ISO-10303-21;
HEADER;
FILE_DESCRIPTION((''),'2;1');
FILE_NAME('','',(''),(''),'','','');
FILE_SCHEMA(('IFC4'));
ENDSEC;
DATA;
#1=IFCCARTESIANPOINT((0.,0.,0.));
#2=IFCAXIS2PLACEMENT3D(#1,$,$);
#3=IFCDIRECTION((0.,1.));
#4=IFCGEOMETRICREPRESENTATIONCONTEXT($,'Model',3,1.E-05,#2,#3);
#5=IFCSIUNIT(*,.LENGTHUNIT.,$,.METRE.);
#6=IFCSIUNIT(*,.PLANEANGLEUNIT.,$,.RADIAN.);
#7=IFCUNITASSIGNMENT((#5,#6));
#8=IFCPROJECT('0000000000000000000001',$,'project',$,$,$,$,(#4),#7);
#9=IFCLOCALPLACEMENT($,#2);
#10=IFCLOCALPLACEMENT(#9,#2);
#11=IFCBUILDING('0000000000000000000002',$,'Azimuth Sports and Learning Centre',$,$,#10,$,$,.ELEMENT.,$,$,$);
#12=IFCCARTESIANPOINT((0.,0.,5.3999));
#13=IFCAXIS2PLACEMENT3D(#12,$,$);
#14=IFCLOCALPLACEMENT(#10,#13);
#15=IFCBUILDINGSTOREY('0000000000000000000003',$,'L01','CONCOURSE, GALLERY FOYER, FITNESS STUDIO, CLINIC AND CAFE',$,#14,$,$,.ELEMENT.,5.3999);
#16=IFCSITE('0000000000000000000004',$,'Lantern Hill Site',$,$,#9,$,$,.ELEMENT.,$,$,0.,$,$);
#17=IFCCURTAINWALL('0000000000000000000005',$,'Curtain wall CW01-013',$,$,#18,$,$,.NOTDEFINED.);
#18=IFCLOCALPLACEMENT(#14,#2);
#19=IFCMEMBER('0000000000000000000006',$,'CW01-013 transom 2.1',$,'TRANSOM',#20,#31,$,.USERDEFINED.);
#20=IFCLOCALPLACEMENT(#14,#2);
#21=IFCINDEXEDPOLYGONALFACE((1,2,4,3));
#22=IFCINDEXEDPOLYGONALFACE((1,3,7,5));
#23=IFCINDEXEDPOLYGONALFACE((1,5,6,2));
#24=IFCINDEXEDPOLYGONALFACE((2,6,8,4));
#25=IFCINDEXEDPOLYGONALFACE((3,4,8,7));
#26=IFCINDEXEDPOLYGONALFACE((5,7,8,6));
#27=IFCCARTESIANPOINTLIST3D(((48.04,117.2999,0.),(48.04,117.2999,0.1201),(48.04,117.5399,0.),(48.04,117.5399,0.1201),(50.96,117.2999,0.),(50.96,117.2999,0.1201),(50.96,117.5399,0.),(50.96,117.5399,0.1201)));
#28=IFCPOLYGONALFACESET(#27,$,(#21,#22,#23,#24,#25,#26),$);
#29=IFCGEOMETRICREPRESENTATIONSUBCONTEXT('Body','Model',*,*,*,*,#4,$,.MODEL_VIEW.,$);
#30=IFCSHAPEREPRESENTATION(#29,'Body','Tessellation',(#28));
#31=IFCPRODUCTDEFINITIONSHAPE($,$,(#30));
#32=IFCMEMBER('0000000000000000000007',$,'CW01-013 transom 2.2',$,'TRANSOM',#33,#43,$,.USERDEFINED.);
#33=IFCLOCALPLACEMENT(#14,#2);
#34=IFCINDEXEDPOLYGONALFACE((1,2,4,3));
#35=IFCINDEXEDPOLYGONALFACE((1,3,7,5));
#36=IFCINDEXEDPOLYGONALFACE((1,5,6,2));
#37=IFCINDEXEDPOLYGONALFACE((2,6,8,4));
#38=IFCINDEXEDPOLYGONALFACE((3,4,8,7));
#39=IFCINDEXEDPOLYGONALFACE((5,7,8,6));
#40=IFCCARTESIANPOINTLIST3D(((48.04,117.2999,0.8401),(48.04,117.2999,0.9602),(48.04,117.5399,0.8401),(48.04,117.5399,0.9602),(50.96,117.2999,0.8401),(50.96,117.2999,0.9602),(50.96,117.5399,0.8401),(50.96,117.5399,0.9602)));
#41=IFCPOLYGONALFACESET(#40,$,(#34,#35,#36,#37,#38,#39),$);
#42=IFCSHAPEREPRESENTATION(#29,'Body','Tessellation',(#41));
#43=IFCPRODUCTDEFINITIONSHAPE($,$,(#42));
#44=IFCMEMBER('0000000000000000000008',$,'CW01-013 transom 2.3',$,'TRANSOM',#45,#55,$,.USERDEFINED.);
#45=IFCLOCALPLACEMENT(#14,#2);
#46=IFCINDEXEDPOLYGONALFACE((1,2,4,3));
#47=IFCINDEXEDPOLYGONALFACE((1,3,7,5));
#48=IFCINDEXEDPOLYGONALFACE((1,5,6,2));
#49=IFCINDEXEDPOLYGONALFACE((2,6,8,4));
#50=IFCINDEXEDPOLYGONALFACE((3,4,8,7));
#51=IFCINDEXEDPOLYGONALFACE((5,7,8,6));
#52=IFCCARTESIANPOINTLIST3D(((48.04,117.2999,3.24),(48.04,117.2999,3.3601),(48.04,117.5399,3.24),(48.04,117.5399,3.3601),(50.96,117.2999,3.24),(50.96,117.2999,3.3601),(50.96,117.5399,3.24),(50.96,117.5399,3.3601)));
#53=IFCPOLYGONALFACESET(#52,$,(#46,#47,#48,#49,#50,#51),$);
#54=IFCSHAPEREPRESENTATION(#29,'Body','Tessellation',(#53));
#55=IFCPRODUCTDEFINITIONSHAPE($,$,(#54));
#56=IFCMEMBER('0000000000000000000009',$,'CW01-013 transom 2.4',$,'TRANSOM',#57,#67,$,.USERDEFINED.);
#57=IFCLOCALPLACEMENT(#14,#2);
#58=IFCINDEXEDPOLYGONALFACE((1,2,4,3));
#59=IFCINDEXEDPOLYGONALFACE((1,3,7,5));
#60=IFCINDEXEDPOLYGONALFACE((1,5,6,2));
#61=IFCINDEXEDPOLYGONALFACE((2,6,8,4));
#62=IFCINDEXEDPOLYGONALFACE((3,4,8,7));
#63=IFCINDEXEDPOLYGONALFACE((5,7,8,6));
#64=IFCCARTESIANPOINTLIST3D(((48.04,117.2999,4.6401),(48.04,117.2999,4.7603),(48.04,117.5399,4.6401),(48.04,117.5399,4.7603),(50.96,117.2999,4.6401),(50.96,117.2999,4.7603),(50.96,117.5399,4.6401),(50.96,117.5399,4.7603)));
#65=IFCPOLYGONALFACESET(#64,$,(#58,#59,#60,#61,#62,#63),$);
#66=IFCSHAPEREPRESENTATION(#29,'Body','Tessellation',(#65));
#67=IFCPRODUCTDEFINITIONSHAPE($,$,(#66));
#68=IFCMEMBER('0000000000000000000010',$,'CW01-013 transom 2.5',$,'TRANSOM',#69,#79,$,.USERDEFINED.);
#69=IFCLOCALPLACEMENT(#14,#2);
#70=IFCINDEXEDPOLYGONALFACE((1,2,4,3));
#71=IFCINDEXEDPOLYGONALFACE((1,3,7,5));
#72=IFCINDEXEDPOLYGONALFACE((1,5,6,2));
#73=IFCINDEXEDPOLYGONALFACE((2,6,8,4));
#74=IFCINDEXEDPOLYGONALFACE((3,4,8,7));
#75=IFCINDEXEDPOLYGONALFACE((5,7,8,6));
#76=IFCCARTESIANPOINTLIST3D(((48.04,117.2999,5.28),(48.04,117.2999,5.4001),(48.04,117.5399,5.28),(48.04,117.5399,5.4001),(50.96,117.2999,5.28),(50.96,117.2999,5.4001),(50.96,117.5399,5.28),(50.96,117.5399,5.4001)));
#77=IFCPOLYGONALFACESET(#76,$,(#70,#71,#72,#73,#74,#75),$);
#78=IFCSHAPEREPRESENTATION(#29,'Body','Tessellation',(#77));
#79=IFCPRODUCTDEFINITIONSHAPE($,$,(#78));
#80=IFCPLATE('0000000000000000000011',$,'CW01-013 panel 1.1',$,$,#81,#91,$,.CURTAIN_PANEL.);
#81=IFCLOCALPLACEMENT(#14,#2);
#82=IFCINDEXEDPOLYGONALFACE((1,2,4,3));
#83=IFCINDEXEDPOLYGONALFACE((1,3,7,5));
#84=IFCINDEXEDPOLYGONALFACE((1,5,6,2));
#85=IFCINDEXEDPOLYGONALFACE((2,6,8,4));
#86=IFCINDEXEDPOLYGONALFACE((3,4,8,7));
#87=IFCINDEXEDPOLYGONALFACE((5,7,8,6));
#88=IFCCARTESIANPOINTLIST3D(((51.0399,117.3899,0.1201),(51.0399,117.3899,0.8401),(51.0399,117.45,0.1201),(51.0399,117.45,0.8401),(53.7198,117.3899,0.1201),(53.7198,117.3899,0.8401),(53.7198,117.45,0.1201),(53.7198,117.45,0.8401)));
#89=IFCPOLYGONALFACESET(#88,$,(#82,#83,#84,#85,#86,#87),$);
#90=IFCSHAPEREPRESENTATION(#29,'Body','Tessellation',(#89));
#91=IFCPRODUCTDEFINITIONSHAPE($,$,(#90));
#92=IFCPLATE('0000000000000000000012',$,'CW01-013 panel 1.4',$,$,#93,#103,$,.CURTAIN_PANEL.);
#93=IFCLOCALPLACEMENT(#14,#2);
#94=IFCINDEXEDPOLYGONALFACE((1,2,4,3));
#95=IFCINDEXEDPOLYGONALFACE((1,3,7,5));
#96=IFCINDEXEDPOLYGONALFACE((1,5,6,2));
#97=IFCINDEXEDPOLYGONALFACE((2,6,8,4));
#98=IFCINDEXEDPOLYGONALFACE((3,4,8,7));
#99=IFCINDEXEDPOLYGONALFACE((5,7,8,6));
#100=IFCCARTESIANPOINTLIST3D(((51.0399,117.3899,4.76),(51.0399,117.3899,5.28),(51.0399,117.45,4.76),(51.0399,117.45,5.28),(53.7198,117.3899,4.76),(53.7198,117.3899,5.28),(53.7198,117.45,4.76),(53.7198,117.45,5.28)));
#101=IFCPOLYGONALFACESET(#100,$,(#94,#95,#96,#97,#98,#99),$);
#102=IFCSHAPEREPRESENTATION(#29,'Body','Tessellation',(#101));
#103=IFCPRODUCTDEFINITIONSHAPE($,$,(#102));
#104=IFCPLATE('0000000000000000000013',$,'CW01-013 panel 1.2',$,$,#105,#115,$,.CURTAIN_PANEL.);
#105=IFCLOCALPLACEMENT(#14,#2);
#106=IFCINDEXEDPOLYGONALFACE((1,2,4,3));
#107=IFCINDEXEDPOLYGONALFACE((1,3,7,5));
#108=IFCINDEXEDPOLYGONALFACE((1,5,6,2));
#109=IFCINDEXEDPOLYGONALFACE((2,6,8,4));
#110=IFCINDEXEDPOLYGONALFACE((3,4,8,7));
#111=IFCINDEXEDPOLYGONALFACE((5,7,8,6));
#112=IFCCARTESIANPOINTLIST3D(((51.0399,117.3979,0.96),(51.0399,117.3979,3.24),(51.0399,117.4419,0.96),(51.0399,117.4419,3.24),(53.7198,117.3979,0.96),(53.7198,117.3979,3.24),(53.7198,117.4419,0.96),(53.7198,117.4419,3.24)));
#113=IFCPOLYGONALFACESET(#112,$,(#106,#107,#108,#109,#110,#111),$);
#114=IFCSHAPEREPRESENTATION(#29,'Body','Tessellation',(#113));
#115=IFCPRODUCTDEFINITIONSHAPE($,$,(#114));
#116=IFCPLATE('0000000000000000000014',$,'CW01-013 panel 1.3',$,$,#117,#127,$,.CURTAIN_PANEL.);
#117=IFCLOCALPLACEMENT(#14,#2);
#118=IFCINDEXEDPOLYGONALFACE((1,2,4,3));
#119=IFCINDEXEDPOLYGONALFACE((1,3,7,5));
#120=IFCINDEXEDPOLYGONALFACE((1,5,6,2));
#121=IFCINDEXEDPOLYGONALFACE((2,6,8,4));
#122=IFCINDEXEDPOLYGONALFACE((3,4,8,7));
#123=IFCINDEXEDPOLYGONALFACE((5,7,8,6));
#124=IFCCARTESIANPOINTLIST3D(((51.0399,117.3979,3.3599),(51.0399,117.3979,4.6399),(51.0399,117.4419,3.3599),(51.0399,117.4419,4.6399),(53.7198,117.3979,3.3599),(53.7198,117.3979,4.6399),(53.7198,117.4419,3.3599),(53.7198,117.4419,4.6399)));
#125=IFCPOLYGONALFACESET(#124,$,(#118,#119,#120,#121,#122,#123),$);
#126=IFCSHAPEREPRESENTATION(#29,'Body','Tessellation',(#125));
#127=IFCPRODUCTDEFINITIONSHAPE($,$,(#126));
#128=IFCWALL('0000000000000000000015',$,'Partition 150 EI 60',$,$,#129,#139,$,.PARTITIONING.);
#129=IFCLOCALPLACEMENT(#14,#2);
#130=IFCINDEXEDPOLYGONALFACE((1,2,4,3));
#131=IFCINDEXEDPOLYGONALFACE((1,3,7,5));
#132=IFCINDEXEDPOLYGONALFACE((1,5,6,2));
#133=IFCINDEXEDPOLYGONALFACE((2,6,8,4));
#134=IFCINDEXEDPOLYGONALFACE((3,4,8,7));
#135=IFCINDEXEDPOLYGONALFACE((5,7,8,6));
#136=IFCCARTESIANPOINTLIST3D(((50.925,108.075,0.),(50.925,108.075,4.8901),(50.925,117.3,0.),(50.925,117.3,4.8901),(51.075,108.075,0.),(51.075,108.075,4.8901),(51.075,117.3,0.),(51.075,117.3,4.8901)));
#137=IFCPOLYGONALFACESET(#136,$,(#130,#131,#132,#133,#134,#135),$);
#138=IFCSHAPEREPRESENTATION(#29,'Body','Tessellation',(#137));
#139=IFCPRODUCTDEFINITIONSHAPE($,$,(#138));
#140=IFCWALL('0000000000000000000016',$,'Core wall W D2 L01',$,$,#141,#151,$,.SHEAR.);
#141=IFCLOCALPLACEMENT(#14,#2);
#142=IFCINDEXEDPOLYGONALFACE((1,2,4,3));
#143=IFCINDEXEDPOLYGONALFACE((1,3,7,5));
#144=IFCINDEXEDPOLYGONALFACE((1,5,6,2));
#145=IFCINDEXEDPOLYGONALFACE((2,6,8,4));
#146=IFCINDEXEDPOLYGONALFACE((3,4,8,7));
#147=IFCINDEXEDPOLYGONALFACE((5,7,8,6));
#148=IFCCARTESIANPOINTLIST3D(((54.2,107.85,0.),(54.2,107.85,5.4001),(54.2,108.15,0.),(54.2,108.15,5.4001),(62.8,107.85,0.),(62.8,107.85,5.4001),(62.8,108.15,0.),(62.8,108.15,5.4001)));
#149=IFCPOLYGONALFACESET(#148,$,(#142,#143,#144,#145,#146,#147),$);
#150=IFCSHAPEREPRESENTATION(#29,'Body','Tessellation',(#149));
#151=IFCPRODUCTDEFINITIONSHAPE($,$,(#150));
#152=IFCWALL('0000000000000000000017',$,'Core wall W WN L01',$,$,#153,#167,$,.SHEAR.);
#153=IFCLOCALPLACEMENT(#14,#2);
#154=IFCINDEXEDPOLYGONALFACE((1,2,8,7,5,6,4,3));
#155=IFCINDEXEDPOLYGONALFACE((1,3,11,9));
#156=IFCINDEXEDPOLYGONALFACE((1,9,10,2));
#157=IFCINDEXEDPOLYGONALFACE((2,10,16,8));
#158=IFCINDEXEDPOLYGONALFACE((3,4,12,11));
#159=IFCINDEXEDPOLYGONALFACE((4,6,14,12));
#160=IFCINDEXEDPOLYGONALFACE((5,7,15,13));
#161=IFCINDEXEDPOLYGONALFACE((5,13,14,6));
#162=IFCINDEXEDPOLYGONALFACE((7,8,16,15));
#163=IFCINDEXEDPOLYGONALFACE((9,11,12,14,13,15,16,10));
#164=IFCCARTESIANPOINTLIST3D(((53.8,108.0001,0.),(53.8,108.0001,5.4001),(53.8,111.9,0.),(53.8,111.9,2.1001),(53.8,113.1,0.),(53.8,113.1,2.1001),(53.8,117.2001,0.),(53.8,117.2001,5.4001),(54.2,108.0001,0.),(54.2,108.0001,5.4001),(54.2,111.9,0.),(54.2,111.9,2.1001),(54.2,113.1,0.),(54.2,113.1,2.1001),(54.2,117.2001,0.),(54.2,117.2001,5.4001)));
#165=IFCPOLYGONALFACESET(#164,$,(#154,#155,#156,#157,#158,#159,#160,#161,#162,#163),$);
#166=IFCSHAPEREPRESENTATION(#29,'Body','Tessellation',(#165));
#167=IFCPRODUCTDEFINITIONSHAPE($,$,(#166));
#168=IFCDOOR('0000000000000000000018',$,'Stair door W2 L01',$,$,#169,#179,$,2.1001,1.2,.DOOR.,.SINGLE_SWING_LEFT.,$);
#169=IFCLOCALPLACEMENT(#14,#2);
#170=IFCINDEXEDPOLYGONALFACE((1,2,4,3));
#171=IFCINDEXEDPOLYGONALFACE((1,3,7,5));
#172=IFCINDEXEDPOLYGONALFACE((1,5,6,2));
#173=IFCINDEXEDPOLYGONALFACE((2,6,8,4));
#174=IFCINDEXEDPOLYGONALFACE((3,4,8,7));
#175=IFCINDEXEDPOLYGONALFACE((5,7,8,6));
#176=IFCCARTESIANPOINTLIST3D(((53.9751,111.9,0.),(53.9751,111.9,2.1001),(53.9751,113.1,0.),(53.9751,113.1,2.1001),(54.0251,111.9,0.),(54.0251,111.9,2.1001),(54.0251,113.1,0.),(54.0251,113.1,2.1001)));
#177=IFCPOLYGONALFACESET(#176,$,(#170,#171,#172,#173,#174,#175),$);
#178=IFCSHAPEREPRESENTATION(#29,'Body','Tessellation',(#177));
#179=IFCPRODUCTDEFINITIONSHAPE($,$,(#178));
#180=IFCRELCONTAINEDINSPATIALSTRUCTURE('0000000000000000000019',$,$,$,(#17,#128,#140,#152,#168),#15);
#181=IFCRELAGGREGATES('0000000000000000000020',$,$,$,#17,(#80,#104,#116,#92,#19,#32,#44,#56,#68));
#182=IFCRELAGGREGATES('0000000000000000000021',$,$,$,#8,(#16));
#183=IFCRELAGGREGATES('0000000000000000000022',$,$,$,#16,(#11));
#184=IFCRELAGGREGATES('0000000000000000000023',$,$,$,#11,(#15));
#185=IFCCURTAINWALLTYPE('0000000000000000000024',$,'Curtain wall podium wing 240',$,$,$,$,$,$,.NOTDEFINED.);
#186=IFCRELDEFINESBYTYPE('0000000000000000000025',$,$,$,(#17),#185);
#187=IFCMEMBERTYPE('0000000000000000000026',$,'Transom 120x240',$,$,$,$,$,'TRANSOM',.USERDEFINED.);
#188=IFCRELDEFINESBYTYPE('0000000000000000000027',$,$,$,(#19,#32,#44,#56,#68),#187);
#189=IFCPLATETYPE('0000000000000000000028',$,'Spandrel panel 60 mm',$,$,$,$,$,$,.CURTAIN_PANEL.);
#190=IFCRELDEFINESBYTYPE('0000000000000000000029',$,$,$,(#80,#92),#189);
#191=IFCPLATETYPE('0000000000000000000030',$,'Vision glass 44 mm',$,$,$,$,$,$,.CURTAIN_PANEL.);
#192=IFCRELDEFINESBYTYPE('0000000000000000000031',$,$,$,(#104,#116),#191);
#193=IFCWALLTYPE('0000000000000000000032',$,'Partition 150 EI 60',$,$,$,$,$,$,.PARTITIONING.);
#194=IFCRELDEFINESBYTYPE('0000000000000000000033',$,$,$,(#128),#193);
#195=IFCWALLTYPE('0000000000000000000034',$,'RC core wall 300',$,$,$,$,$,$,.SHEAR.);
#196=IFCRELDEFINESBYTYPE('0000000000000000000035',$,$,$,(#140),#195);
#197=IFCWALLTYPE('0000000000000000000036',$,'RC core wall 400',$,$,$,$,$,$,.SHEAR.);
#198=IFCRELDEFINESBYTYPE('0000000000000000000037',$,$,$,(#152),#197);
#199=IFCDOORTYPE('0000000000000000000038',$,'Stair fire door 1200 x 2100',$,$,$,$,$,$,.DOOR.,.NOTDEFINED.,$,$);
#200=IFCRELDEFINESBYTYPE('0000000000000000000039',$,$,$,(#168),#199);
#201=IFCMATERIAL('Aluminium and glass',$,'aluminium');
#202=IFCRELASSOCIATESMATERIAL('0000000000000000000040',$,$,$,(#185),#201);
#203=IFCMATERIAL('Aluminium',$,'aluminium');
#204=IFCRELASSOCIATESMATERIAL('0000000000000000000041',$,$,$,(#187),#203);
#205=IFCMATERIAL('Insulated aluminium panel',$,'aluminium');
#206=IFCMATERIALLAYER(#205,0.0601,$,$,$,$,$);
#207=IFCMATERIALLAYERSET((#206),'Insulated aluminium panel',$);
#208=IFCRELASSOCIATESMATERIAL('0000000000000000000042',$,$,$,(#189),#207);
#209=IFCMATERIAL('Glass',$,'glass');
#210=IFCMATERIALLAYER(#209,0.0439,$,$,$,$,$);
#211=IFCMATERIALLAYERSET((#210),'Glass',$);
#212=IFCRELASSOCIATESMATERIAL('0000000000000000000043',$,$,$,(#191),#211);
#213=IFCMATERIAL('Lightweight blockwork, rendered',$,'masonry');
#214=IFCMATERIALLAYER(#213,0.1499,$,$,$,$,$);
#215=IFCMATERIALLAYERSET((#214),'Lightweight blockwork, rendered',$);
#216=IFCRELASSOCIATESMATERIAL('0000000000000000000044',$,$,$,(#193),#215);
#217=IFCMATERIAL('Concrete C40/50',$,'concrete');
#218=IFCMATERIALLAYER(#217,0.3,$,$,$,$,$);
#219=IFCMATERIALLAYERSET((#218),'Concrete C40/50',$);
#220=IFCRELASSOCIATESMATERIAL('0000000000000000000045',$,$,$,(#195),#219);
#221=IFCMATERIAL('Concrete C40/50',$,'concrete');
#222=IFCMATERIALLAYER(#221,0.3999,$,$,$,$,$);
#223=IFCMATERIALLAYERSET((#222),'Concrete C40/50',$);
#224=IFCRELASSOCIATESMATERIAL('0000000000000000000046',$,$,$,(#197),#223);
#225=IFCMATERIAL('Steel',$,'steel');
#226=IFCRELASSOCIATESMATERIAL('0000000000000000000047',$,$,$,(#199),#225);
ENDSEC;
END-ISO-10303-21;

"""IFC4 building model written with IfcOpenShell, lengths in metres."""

from ifc_helpers import new_model, si_unit, direction, frame, frame_2d, origin, origin_2d, place, context, subcontext, project, spatial, rectangle, extrude, material, layer, layer_set, material_profile, profile_set, type_object, element, fill, aggregate, save


model = new_model("IFC4")

# Units and contexts
model_context = context("Model", 3, precision=1e-05, world=origin(), true_north=direction((0.0, 1.0)))
body_context = subcontext(model_context, "Body", "Model", "MODEL_VIEW")
ifc_project = project(units=[si_unit("LENGTHUNIT", "METRE"), si_unit("PLANEANGLEUNIT", "RADIAN")], contexts=[model_context])

# Site, building, storey
site_placement = place(None, origin())
site = spatial("IfcSite", under=ifc_project, at=site_placement, Name="Lantern Hill Site", CompositionType="ELEMENT", RefElevation=0.0)
building_placement = place(site_placement, origin())
building = spatial("IfcBuilding", under=site, at=building_placement, Name="Azimuth Sports and Learning Centre", CompositionType="ELEMENT")
storey_placement = place(building_placement, frame((0.0, 0.0, 5.3999)))
storey = spatial("IfcBuildingStorey", under=building, at=storey_placement, Name="L01", Description="CONCOURSE, GALLERY FOYER, FITNESS STUDIO, CLINIC AND CAFE", CompositionType="ELEMENT", Elevation=5.3999)

# Curtain wall, members, plates
ifc_material_1 = material(Name="Aluminium and glass", Category="aluminium")
curtain_wall_type = type_object("IfcCurtainWallType", Name="Curtain wall podium wing 240", PredefinedType="NOTDEFINED", material=ifc_material_1)
curtain_wall_placement = place(storey_placement, origin())
curtain_wall = element("IfcCurtainWall", 1, at=curtain_wall_placement, inside=storey, type_object=curtain_wall_type, Name="Curtain wall CW01-013", PredefinedType="NOTDEFINED")
ifc_material_2 = material(Name="Aluminium", Category="aluminium")
ifc_material_profile_1 = material_profile(ifc_material_2, rectangle(XDim=0.24, YDim=0.1201, at=origin_2d()), Name="Transom 120x240")
ifc_profile_set_1 = profile_set([ifc_material_profile_1], Name="Aluminium")
member_type_1 = type_object("IfcMemberType", Name="Transom 120x240", ElementType="TRANSOM", PredefinedType="USERDEFINED", material=ifc_profile_set_1)
member_1_placement = place(storey_placement, frame((50.96, 117.4199, 0.0601), z_axis=(-1.0, 0.0, 0.0), x_axis=(0.0, -1.0, 0.0)))
member_1 = element("IfcMember", 2, at=member_1_placement, type_object=member_type_1, Name="CW01-013 transom 2.1", ObjectType="TRANSOM", PredefinedType="USERDEFINED", context=body_context, shape_type="SweptSolid", body=[
    extrude(rectangle(XDim=0.24, YDim=0.1201, at=origin_2d()), origin(), (0.0, 0.0, 1.0), 2.9199),
])
member_2_placement = place(storey_placement, frame((50.96, 117.4199, 0.9001), z_axis=(-1.0, 0.0, 0.0), x_axis=(0.0, -1.0, 0.0)))
member_2 = element("IfcMember", 3, at=member_2_placement, type_object=member_type_1, Name="CW01-013 transom 2.2", ObjectType="TRANSOM", PredefinedType="USERDEFINED", context=body_context, shape_type="SweptSolid", body=[
    extrude(rectangle(XDim=0.24, YDim=0.1201, at=origin_2d()), origin(), (0.0, 0.0, 1.0), 2.9199),
])
member_3_placement = place(storey_placement, frame((50.96, 117.4199, 3.3), z_axis=(-1.0, 0.0, 0.0), x_axis=(0.0, -1.0, 0.0)))
member_3 = element("IfcMember", 4, at=member_3_placement, type_object=member_type_1, Name="CW01-013 transom 2.3", ObjectType="TRANSOM", PredefinedType="USERDEFINED", context=body_context, shape_type="SweptSolid", body=[
    extrude(rectangle(XDim=0.24, YDim=0.1201, at=origin_2d()), origin(), (0.0, 0.0, 1.0), 2.9199),
])
member_4_placement = place(storey_placement, frame((50.96, 117.4199, 4.7002), z_axis=(-1.0, 0.0, 0.0), x_axis=(0.0, -1.0, 0.0)))
member_4 = element("IfcMember", 5, at=member_4_placement, type_object=member_type_1, Name="CW01-013 transom 2.4", ObjectType="TRANSOM", PredefinedType="USERDEFINED", context=body_context, shape_type="SweptSolid", body=[
    extrude(rectangle(XDim=0.24, YDim=0.1201, at=origin_2d()), origin(), (0.0, 0.0, 1.0), 2.9199),
])
member_5_placement = place(storey_placement, frame((50.96, 117.4199, 5.3401), z_axis=(-1.0, 0.0, 0.0), x_axis=(0.0, -1.0, 0.0)))
member_5 = element("IfcMember", 6, at=member_5_placement, type_object=member_type_1, Name="CW01-013 transom 2.5", ObjectType="TRANSOM", PredefinedType="USERDEFINED", context=body_context, shape_type="SweptSolid", body=[
    extrude(rectangle(XDim=0.24, YDim=0.1201, at=origin_2d()), origin(), (0.0, 0.0, 1.0), 2.9199),
])
ifc_material_3 = material(Name="Insulated aluminium panel", Category="aluminium")
ifc_layer_1 = layer(ifc_material_3, 0.0601)
ifc_layer_set_1 = layer_set([ifc_layer_1], Name="Insulated aluminium panel")
plate_type_1 = type_object("IfcPlateType", Name="Spandrel panel 60 mm", PredefinedType="CURTAIN_PANEL", material=ifc_layer_set_1)
plate_1_placement = place(storey_placement, frame((52.3799, 117.4199, 0.1201), z_axis=(0.0, 0.0, 1.0), x_axis=(-1.0, 0.0, 0.0)))
plate_1 = element("IfcPlate", 7, at=plate_1_placement, type_object=plate_type_1, Name="CW01-013 panel 1.1", PredefinedType="CURTAIN_PANEL", context=body_context, shape_type="SweptSolid", body=[
    extrude(rectangle(XDim=2.6799, YDim=0.0601, at=origin_2d()), origin(), (0.0, 0.0, 1.0), 0.72),
])
plate_2_placement = place(storey_placement, frame((52.3799, 117.4199, 4.76), z_axis=(0.0, 0.0, 1.0), x_axis=(-1.0, 0.0, 0.0)))
plate_2 = element("IfcPlate", 8, at=plate_2_placement, type_object=plate_type_1, Name="CW01-013 panel 1.4", PredefinedType="CURTAIN_PANEL", context=body_context, shape_type="SweptSolid", body=[
    extrude(rectangle(XDim=2.6799, YDim=0.0601, at=origin_2d()), origin(), (0.0, 0.0, 1.0), 0.52),
])
ifc_material_4 = material(Name="Glass", Category="glass")
ifc_layer_2 = layer(ifc_material_4, 0.0439)
ifc_layer_set_2 = layer_set([ifc_layer_2], Name="Glass")
plate_type_2 = type_object("IfcPlateType", Name="Vision glass 44 mm", PredefinedType="CURTAIN_PANEL", material=ifc_layer_set_2)
plate_3_placement = place(storey_placement, frame((52.3799, 117.4199, 0.96), z_axis=(0.0, 0.0, 1.0), x_axis=(-1.0, 0.0, 0.0)))
plate_3 = element("IfcPlate", 9, at=plate_3_placement, type_object=plate_type_2, Name="CW01-013 panel 1.2", PredefinedType="CURTAIN_PANEL", context=body_context, shape_type="SweptSolid", body=[
    extrude(rectangle(XDim=2.6799, YDim=0.0439, at=origin_2d()), origin(), (0.0, 0.0, 1.0), 2.28),
])
plate_4_placement = place(storey_placement, frame((52.3799, 117.4199, 3.3599), z_axis=(0.0, 0.0, 1.0), x_axis=(-1.0, 0.0, 0.0)))
plate_4 = element("IfcPlate", 10, at=plate_4_placement, type_object=plate_type_2, Name="CW01-013 panel 1.3", PredefinedType="CURTAIN_PANEL", context=body_context, shape_type="SweptSolid", body=[
    extrude(rectangle(XDim=2.6799, YDim=0.0439, at=origin_2d()), origin(), (0.0, 0.0, 1.0), 1.28),
])
aggregate(curtain_wall, [plate_1, plate_3, plate_4, plate_2, member_1, member_2, member_3, member_4, member_5])

# Walls
ifc_material_5 = material(Name="Lightweight blockwork, rendered", Category="masonry")
ifc_layer_3 = layer(ifc_material_5, 0.1499)
ifc_layer_set_3 = layer_set([ifc_layer_3], Name="Lightweight blockwork, rendered")
wall_type_1 = type_object("IfcWallType", Name="Partition 150 EI 60", PredefinedType="PARTITIONING", material=ifc_layer_set_3)
wall_1_placement = place(storey_placement, frame((51.0, 108.075, 0.0), z_axis=(0.0, 0.0, 1.0), x_axis=(0.0, 1.0, 0.0)))
element("IfcWall", 11, at=wall_1_placement, inside=storey, type_object=wall_type_1, Name="Partition 150 EI 60", PredefinedType="PARTITIONING", context=body_context, shape_type="SweptSolid", body=[
    extrude(rectangle(XDim=9.2251, YDim=0.1499, at=frame_2d((4.6125, 0.0))), origin(), (0.0, 0.0, 1.0), 4.8901),
])
ifc_material_6 = material(Name="Concrete C40/50", Category="concrete")
ifc_layer_4 = layer(ifc_material_6, 0.3)
ifc_layer_set_4 = layer_set([ifc_layer_4], Name="Concrete C40/50")
wall_type_2 = type_object("IfcWallType", Name="RC core wall 300", PredefinedType="SHEAR", material=ifc_layer_set_4)
wall_2_placement = place(storey_placement, frame((54.2, 108.0, 0.0), z_axis=(0.0, 0.0, 1.0), x_axis=(1.0, 0.0, 0.0)))
element("IfcWall", 12, at=wall_2_placement, inside=storey, type_object=wall_type_2, Name="Core wall W D2 L01", PredefinedType="SHEAR", context=body_context, shape_type="SweptSolid", body=[
    extrude(rectangle(XDim=8.6001, YDim=0.3, at=frame_2d((4.3, 0.0))), origin(), (0.0, 0.0, 1.0), 5.4001),
])

# Wall, opening, door
ifc_material_7 = material(Name="Concrete C40/50", Category="concrete")
ifc_layer_5 = layer(ifc_material_7, 0.3999)
ifc_layer_set_5 = layer_set([ifc_layer_5], Name="Concrete C40/50")
wall_type_3 = type_object("IfcWallType", Name="RC core wall 400", PredefinedType="SHEAR", material=ifc_layer_set_5)
wall_3_placement = place(storey_placement, frame((54.0, 108.0, 0.0), z_axis=(0.0, 0.0, 1.0), x_axis=(0.0, 1.0, 0.0)))
wall_3 = element("IfcWall", 13, at=wall_3_placement, inside=storey, type_object=wall_type_3, Name="Core wall W WN L01", PredefinedType="SHEAR", context=body_context, shape_type="SweptSolid", body=[
    extrude(rectangle(XDim=9.2, YDim=0.3999, at=frame_2d((4.6001, 0.0))), origin(), (0.0, 0.0, 1.0), 5.4001),
])
opening_1_placement = place(wall_3_placement, frame((3.8999, 0.0, 0.0)))
opening_1 = element("IfcOpeningElement", 14, at=opening_1_placement, cuts=wall_3, PredefinedType="OPENING", context=body_context, shape_type="SweptSolid", body=[
    extrude(rectangle(XDim=1.2, YDim=2.1001, at=frame_2d((0.6001, 1.05))), frame((0.0, 0.2109, 0.0), z_axis=(0.0, -1.0, 0.0), x_axis=(1.0, 0.0, 0.0)), (0.0, 0.0, 1.0), 0.4219),
])
ifc_material_8 = material(Name="Steel", Category="steel")
door_type = type_object("IfcDoorType", Name="Stair fire door 1200 x 2100", OperationType="NOTDEFINED", PredefinedType="DOOR", material=ifc_material_8)
door_placement = place(opening_1_placement, origin())
door = element("IfcDoor", 15, at=door_placement, inside=storey, type_object=door_type, Name="Stair door W2 L01", OperationType="SINGLE_SWING_LEFT", OverallHeight=2.1001, OverallWidth=1.2, PredefinedType="DOOR", context=body_context, shape_type="SweptSolid", body=[
    extrude(rectangle(XDim=1.2, YDim=2.1001, at=frame_2d((0.6001, 1.05))), frame((0.0, 0.0249, 0.0), z_axis=(0.0, -1.0, 0.0), x_axis=(1.0, 0.0, 0.0)), (0.0, 0.0, 1.0), 0.05),
])
fill(opening_1, door)

save(model, "model.ifc")
